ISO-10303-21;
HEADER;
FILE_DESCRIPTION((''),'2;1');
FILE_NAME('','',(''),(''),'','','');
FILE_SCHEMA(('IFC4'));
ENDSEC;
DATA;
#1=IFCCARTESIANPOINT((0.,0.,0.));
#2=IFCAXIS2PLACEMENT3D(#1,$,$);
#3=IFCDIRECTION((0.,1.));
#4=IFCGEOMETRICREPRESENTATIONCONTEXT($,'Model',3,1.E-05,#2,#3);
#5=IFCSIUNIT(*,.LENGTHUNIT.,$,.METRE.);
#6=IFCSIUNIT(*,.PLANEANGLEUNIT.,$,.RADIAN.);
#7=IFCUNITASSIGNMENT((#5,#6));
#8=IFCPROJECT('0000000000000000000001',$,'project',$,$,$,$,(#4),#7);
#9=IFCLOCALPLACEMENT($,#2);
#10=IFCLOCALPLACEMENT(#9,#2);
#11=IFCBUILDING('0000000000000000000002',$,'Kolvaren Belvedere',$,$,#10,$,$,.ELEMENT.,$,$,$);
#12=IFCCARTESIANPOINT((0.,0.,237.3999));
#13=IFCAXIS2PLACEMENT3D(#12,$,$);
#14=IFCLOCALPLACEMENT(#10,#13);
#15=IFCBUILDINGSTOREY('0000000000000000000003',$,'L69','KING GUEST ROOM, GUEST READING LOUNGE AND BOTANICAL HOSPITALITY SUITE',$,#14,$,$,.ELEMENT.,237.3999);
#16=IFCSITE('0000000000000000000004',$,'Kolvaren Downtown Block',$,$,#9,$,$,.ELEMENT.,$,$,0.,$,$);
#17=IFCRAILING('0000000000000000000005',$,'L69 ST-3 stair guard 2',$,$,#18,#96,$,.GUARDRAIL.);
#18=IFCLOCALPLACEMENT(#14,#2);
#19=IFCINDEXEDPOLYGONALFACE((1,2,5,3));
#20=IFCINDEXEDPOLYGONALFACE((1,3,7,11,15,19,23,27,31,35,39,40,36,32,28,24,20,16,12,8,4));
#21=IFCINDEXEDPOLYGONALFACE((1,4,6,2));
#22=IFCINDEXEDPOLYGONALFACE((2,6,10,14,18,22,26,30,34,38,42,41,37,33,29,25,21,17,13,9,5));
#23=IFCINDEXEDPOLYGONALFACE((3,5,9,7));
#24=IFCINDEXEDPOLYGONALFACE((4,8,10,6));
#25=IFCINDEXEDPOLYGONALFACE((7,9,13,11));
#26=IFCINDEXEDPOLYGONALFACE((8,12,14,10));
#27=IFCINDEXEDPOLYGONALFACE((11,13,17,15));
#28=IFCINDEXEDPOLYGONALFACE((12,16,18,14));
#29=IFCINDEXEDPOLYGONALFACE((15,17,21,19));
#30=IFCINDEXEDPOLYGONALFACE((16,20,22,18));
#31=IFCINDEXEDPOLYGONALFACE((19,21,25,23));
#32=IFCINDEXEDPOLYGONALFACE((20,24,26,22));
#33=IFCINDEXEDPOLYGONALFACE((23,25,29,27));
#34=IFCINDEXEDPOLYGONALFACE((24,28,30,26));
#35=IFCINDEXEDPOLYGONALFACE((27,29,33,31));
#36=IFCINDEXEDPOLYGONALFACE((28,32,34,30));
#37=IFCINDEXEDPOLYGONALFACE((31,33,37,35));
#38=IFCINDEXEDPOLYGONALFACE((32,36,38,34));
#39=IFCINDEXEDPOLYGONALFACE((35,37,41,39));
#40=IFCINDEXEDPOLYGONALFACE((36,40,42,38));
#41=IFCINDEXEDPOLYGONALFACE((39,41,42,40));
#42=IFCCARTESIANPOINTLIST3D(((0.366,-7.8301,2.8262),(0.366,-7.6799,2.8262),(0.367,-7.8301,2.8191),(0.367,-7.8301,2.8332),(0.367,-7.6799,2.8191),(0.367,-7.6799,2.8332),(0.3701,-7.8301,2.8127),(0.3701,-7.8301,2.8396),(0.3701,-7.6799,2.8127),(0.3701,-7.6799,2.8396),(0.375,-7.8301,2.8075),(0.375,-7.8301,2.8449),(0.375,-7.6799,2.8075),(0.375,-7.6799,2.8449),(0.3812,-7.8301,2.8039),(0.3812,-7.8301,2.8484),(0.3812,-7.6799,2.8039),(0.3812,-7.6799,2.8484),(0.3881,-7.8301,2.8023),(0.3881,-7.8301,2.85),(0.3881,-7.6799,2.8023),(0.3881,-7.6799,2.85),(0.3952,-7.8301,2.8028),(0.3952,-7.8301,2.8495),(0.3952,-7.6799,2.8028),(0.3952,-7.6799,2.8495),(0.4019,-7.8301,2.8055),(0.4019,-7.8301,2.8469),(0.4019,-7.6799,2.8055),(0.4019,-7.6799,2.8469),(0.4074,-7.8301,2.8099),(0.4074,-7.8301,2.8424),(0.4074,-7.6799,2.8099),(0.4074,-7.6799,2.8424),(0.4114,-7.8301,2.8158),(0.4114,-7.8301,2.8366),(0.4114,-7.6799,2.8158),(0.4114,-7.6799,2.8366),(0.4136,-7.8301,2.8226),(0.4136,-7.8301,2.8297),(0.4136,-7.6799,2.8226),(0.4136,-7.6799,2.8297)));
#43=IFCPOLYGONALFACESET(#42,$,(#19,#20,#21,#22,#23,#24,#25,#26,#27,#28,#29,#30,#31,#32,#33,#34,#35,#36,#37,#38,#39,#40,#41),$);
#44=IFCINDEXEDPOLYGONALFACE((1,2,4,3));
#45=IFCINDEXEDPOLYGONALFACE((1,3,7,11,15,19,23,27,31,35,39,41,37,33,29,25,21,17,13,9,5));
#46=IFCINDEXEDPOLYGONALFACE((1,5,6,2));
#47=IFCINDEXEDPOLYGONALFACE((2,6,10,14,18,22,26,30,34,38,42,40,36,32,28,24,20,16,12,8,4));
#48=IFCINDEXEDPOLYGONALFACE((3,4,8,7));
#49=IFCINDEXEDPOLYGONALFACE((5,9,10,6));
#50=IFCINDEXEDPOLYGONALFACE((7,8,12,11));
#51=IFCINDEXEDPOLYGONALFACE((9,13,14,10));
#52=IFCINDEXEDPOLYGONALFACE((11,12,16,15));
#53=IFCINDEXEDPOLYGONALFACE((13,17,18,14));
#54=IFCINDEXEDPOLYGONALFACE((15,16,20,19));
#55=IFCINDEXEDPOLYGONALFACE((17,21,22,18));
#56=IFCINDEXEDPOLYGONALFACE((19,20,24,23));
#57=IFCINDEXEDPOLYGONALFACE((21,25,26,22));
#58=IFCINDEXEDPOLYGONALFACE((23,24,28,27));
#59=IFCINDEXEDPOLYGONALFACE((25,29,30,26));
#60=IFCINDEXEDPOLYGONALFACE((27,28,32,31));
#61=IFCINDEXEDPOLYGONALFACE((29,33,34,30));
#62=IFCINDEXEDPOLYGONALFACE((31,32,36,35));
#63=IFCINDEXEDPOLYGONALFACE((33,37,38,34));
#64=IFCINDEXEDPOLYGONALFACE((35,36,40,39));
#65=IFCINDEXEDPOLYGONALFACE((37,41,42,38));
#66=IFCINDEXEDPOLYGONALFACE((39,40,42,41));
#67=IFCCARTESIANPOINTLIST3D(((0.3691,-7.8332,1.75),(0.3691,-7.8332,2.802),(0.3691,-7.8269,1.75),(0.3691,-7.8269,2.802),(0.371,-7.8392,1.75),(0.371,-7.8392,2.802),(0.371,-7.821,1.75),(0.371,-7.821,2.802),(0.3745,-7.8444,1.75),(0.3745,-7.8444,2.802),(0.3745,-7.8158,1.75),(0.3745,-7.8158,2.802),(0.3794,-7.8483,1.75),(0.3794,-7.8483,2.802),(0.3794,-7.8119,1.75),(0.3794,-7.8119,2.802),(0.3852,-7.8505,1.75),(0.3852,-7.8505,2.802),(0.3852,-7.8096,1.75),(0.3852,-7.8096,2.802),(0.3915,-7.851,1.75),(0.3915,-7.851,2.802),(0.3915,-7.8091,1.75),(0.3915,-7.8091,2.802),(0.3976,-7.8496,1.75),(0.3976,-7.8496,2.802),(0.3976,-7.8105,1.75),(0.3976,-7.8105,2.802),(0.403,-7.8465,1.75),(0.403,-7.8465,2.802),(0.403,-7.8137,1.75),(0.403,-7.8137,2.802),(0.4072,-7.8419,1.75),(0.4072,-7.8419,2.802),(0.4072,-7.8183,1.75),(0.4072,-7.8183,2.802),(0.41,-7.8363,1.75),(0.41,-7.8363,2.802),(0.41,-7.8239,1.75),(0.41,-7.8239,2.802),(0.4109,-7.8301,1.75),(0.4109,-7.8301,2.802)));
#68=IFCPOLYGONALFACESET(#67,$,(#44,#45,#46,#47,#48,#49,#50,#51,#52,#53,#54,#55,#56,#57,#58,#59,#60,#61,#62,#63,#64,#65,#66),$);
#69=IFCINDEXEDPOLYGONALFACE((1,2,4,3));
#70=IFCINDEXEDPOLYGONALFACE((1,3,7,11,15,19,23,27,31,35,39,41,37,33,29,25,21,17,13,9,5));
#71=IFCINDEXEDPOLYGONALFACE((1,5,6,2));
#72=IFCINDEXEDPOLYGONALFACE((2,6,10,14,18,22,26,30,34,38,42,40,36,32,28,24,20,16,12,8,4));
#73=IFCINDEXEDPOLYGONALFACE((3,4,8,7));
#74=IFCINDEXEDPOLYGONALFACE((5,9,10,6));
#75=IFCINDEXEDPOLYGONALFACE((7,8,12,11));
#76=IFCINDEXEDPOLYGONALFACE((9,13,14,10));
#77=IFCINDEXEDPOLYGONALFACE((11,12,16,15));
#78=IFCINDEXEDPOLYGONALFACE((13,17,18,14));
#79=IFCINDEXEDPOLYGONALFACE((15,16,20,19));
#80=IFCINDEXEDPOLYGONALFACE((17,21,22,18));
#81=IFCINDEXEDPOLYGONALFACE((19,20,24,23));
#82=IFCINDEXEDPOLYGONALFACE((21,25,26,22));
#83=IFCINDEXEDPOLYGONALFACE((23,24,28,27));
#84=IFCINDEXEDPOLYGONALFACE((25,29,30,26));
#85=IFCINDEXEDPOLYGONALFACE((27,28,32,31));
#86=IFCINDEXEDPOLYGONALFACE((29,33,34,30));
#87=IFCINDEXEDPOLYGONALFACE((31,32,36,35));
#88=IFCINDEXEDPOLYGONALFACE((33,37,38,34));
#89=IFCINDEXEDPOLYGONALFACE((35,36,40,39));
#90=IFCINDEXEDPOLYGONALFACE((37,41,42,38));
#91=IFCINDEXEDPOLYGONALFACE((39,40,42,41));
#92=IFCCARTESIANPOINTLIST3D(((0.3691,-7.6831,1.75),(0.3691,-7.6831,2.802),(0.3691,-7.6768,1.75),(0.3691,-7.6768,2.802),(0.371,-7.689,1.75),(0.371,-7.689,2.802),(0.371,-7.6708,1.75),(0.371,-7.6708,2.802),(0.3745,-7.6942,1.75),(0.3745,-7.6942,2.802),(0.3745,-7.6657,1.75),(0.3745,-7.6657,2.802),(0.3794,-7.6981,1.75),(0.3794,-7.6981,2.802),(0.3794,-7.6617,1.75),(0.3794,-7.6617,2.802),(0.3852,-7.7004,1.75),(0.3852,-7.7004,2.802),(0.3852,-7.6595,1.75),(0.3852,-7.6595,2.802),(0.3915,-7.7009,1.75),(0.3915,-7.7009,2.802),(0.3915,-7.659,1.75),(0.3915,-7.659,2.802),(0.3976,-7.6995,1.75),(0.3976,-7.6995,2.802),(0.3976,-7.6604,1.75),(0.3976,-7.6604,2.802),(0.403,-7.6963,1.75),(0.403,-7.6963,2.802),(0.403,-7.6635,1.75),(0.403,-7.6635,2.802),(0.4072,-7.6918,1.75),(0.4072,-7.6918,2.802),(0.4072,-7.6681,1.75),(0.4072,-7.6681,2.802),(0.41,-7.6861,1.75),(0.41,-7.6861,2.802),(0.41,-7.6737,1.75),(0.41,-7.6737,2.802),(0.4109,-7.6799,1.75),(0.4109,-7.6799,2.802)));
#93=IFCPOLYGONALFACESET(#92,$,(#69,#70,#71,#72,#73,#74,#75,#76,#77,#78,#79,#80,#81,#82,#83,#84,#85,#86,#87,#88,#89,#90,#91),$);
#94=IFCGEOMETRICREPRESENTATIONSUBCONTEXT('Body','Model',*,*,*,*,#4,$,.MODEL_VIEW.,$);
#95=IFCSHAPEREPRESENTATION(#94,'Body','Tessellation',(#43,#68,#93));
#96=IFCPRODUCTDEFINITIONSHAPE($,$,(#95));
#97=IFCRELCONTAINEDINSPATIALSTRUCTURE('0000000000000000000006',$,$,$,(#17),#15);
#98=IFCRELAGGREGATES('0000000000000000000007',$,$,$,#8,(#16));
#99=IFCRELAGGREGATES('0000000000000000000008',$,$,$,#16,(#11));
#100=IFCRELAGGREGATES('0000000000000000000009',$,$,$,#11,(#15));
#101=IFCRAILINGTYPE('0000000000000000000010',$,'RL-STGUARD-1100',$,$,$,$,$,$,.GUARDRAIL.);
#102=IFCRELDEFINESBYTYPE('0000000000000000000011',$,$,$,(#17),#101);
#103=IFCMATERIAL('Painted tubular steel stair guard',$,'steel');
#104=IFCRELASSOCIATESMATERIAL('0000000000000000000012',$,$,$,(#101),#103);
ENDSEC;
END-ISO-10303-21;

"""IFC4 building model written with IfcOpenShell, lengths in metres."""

from ifc_helpers import new_model, si_unit, direction, frame, origin, origin_2d, place, context, subcontext, project, spatial, circle, extrude, material, type_object, element, save


model = new_model("IFC4")

# Units and contexts
model_context = context("Model", 3, precision=1e-05, world=origin(), true_north=direction((0.0, 1.0)))
body_context = subcontext(model_context, "Body", "Model", "MODEL_VIEW")
ifc_project = project(units=[si_unit("LENGTHUNIT", "METRE"), si_unit("PLANEANGLEUNIT", "RADIAN")], contexts=[model_context])

# Site, building, storey
site_placement = place(None, origin())
site = spatial("IfcSite", under=ifc_project, at=site_placement, Name="Kolvaren Downtown Block", CompositionType="ELEMENT", RefElevation=0.0)
building_placement = place(site_placement, origin())
building = spatial("IfcBuilding", under=site, at=building_placement, Name="Kolvaren Belvedere", CompositionType="ELEMENT")
storey_placement = place(building_placement, frame((0.0, 0.0, 237.3999)))
storey = spatial("IfcBuildingStorey", under=building, at=storey_placement, Name="L69", Description="KING GUEST ROOM, GUEST READING LOUNGE AND BOTANICAL HOSPITALITY SUITE", CompositionType="ELEMENT", Elevation=237.3999)

# Railing
ifc_material_1 = material(Name="Painted tubular steel stair guard", Category="steel")
railing_type_1 = type_object("IfcRailingType", Name="RL-STGUARD-1100", PredefinedType="GUARDRAIL", material=ifc_material_1)
railing_1_placement = place(storey_placement, frame((0.3899, -7.8301, 1.75)))
element("IfcRailing", 1, at=railing_1_placement, inside=storey, type_object=railing_type_1, Name="L69 ST-3 stair guard 2", PredefinedType="GUARDRAIL", context=body_context, shape_type="SweptSolid", body=[
    extrude(circle(Radius=0.0239, at=origin_2d()), frame((0.0, 0.0, 1.0762), z_axis=(0.0, 1.0, 0.0), x_axis=(-1.0, 0.0, 0.0)), (0.0, 0.0, 1.0), 0.1501),
    extrude(circle(Radius=0.021, at=origin_2d()), origin(), (0.0, 0.0, 1.0), 1.052),
    extrude(circle(Radius=0.021, at=origin_2d()), frame((0.0, 0.1501, 0.0)), (0.0, 0.0, 1.0), 1.052),
])

save(model, "model.ifc")
